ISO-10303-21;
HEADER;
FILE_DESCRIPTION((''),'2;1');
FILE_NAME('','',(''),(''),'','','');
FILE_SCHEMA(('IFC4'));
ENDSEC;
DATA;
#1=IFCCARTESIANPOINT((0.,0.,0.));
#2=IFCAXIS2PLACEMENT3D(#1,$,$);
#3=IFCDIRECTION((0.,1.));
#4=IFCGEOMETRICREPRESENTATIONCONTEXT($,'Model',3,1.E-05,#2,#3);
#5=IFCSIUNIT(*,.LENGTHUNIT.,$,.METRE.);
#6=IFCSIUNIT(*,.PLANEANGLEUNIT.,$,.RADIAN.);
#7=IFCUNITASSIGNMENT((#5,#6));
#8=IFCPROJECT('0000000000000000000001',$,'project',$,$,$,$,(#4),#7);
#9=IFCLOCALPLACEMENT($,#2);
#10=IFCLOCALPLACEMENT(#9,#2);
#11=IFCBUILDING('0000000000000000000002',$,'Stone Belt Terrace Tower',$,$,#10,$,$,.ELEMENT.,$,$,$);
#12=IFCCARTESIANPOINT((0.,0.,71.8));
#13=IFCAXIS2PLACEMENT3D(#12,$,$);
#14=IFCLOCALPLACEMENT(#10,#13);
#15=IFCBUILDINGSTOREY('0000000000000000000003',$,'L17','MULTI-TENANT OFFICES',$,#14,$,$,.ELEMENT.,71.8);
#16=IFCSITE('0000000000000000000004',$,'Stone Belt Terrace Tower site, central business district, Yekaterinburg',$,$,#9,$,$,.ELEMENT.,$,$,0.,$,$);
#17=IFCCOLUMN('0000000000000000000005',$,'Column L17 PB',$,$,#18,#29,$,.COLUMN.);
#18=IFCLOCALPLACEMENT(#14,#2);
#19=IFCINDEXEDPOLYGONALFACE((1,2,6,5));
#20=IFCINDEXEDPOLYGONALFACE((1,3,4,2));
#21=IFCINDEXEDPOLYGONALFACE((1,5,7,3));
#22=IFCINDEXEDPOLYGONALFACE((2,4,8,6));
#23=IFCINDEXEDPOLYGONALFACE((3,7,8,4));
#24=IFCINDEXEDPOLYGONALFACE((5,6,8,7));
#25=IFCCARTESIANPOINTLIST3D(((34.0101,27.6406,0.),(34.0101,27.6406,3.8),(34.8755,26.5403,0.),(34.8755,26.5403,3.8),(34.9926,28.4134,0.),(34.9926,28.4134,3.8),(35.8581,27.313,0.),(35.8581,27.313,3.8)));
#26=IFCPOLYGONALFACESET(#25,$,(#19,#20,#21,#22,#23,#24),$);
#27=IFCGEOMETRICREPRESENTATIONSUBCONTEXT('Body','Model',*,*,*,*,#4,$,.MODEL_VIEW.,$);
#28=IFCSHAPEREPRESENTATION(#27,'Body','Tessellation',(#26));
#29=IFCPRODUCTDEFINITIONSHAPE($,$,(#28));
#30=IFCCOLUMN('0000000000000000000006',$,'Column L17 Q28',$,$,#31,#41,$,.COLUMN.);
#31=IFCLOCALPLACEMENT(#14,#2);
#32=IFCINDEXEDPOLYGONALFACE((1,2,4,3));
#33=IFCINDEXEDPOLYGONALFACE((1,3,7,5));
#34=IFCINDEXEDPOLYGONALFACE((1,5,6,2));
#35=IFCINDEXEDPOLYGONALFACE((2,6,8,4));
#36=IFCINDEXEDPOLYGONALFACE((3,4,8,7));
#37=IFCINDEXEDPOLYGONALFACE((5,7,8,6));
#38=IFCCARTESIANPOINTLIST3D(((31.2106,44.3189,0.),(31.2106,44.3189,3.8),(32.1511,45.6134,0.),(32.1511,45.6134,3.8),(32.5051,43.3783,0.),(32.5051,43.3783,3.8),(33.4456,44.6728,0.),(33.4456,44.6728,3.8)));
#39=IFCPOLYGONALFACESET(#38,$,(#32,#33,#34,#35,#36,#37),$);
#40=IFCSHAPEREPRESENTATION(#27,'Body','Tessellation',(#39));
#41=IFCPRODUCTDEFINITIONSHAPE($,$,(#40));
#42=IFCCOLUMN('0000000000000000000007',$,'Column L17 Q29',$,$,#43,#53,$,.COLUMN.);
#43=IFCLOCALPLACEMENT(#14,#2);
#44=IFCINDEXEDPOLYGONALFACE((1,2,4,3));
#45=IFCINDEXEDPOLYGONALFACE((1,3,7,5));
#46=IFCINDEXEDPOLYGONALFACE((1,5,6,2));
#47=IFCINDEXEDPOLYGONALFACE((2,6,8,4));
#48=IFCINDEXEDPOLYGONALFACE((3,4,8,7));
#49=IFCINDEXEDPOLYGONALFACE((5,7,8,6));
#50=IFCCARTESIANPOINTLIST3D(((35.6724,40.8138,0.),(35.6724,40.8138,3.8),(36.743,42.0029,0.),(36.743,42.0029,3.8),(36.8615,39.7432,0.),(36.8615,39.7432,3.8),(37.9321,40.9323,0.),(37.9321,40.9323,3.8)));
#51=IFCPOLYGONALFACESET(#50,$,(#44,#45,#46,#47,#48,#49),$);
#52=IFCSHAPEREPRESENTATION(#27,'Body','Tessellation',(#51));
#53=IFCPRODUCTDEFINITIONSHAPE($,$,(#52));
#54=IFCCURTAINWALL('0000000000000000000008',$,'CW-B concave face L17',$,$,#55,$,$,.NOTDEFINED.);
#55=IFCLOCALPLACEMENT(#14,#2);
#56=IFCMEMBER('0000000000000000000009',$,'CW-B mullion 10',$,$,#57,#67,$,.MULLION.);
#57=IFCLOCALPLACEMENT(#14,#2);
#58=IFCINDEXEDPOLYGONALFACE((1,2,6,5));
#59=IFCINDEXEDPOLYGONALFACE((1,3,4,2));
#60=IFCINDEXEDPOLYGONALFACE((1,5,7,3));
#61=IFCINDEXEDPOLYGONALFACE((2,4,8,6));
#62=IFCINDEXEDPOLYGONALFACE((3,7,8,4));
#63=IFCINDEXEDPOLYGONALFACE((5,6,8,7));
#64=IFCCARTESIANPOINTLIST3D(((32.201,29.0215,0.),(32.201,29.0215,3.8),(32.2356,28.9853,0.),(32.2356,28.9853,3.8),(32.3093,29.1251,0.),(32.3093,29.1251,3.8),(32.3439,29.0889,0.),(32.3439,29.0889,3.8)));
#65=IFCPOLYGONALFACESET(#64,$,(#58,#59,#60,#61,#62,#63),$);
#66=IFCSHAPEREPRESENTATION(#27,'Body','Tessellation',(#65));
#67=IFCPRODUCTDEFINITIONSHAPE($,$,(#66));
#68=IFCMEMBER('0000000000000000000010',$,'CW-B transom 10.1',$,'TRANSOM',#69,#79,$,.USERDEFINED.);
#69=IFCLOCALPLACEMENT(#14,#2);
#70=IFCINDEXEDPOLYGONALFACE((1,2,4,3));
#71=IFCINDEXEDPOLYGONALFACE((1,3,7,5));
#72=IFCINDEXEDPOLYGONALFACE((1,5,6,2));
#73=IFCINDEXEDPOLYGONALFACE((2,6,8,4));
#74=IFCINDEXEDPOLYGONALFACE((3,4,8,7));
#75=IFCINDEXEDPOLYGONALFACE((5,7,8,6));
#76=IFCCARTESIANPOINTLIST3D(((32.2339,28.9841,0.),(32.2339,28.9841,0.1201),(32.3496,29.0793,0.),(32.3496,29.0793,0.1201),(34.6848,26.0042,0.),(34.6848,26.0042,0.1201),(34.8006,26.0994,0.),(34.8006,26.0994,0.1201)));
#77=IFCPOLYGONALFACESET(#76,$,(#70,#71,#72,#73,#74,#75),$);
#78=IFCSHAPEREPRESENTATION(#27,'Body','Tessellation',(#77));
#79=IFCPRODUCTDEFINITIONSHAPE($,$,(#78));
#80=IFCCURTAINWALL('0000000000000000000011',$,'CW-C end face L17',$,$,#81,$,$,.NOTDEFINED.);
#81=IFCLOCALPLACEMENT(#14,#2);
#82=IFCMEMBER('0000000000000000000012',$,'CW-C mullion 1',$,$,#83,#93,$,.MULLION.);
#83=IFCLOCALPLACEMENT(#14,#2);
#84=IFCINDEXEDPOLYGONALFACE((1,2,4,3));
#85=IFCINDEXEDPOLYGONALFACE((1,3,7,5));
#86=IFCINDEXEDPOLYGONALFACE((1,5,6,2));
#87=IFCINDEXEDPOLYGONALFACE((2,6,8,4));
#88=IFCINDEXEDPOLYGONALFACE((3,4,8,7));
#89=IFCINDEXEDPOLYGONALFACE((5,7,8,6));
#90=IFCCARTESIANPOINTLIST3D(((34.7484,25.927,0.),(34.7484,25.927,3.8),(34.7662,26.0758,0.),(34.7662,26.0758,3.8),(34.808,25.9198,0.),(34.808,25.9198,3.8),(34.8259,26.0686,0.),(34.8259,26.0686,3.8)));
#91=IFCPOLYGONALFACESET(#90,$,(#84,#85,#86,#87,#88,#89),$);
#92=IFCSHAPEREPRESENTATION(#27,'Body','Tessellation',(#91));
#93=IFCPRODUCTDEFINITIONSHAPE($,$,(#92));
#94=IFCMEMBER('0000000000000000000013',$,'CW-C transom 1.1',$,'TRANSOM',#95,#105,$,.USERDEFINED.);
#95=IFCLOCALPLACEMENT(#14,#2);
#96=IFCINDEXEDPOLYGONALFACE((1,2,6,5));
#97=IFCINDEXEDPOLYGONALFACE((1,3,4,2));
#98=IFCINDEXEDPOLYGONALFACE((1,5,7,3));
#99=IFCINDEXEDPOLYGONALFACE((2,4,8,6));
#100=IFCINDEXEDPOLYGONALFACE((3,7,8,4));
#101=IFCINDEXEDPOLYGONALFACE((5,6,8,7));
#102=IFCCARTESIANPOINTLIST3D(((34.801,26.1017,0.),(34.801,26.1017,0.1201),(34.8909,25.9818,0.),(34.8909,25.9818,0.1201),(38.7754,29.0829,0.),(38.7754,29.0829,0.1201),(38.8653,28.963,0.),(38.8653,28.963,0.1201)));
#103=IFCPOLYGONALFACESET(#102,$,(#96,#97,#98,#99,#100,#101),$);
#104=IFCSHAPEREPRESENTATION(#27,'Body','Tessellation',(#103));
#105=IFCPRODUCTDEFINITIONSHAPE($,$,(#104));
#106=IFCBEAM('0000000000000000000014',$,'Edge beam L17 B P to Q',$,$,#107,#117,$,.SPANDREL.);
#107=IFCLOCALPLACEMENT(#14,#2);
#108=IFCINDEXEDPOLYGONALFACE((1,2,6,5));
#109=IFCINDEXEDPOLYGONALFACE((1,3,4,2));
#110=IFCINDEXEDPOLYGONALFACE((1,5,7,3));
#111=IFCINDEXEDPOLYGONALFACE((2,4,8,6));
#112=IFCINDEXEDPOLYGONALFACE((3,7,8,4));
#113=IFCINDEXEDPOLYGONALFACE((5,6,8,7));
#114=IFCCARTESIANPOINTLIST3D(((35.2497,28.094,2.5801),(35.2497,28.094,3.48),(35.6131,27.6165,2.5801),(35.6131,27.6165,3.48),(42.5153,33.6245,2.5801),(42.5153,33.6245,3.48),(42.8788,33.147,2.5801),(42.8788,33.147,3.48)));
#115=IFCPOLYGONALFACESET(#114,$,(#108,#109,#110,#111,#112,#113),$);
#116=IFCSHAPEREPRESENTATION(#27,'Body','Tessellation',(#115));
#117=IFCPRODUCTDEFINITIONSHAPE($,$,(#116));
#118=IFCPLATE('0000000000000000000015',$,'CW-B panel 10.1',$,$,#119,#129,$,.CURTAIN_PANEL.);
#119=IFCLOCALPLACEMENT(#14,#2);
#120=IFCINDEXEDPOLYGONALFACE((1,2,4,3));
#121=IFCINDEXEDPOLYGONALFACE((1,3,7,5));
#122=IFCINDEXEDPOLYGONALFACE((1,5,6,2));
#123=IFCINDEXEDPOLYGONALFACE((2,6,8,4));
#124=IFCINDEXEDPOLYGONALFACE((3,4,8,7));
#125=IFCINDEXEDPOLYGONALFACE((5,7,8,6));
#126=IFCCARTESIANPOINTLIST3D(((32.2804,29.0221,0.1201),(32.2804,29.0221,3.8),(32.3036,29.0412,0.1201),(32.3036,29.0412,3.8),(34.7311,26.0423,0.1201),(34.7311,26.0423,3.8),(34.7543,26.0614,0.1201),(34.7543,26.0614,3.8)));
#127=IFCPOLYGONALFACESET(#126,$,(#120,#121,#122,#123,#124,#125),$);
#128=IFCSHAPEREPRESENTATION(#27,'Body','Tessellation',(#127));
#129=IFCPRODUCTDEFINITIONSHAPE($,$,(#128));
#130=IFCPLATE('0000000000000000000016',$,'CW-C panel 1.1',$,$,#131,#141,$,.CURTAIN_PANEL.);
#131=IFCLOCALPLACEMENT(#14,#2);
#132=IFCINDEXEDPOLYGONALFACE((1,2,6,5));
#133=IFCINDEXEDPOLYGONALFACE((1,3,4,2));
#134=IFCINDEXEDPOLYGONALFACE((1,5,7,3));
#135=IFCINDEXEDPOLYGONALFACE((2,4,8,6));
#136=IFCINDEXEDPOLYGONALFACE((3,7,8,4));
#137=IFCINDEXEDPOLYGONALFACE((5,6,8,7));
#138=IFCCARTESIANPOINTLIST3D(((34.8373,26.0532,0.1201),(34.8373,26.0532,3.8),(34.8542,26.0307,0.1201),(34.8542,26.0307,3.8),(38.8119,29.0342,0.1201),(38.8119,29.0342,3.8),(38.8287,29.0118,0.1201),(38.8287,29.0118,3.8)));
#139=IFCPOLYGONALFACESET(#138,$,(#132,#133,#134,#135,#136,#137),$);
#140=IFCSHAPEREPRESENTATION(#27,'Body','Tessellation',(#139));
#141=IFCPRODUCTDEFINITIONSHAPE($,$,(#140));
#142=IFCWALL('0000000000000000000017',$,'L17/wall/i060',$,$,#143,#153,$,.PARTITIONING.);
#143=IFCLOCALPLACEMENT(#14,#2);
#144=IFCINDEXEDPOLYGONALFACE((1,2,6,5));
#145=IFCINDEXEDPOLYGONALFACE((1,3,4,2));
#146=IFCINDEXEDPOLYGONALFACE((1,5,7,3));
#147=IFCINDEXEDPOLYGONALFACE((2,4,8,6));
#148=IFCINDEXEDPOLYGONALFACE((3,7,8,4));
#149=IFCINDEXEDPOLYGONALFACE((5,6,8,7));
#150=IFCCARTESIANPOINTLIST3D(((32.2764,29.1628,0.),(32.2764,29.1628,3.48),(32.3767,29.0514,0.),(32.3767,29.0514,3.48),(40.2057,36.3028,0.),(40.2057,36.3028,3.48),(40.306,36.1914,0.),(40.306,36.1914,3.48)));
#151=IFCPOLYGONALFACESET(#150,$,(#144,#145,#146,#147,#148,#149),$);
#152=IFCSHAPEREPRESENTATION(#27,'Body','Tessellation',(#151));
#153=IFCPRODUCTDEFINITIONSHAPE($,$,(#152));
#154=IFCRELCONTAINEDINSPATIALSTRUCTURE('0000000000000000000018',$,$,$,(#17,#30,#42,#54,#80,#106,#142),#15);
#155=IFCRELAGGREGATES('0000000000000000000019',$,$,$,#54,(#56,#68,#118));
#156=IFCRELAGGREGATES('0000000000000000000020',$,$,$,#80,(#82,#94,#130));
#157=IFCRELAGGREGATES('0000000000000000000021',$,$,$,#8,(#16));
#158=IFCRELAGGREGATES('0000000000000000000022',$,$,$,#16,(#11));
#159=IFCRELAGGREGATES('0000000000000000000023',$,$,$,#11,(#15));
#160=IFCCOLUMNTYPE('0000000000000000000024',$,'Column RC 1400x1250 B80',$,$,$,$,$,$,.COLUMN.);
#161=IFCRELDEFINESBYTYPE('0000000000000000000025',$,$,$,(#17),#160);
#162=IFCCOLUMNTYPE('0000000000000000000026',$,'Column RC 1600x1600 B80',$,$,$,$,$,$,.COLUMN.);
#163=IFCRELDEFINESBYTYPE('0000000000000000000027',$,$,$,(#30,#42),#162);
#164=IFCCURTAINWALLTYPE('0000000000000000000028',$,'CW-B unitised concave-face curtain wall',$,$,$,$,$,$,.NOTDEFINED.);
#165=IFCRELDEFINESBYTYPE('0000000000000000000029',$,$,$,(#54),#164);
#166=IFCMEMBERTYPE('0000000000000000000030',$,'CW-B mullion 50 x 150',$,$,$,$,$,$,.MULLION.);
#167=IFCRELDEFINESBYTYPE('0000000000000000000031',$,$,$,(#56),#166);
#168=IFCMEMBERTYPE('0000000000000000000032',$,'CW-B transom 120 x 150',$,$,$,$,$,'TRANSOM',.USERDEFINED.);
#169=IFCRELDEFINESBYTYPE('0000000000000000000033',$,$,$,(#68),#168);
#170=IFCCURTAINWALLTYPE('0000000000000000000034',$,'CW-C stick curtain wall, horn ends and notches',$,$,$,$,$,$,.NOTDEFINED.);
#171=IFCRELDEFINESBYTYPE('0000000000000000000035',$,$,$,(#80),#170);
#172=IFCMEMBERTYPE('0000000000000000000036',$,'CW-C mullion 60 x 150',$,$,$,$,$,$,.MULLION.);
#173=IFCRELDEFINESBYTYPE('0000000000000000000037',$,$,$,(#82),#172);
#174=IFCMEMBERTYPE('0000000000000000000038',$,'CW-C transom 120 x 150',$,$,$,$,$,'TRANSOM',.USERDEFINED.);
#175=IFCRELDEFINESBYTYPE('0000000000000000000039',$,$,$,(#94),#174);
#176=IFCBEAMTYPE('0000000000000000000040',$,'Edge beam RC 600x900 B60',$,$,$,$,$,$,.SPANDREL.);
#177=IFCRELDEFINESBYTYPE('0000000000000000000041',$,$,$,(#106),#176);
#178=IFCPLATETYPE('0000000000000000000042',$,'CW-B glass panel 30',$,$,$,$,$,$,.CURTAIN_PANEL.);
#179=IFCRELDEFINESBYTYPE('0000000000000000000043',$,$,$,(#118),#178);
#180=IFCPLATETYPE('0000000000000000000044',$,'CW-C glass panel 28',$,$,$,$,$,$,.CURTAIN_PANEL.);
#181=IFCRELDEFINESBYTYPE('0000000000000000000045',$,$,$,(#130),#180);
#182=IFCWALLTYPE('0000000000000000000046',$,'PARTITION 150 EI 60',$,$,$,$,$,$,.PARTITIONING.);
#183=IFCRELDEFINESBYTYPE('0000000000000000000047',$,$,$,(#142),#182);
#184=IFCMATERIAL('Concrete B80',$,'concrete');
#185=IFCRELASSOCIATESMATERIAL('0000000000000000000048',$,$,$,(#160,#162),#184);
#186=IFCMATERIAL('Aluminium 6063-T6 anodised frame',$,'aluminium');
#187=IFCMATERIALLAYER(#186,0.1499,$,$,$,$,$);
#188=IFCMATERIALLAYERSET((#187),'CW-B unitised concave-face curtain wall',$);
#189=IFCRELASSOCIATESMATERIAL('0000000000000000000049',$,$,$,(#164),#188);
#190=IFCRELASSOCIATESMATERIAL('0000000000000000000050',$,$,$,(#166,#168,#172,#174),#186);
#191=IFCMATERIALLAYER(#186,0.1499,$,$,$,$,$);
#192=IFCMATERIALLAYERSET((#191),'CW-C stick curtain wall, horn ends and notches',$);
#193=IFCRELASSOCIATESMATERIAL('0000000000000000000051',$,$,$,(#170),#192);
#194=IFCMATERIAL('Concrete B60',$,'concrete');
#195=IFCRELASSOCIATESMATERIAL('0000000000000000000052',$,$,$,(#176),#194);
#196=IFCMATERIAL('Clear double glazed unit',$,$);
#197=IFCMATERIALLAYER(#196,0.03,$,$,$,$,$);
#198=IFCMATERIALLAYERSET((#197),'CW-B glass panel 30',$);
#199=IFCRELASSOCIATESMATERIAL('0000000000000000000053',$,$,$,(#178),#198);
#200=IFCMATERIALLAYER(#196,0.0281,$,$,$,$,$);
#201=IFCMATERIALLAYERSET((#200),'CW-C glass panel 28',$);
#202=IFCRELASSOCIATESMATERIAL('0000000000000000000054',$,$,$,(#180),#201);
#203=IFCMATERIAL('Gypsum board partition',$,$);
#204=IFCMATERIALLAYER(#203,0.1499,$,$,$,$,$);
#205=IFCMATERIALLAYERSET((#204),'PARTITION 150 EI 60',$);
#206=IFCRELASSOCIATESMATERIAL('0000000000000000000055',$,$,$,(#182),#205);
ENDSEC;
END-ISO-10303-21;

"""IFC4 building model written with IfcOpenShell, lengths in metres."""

from ifc_helpers import new_model, si_unit, direction, frame, frame_2d, origin, origin_2d, place, context, subcontext, project, spatial, rectangle, extrude, material, layer, layer_set, material_profile, profile_set, type_object, element, aggregate, save


model = new_model("IFC4")

# Units and contexts
model_context = context("Model", 3, precision=1e-05, world=origin(), true_north=direction((0.0, 1.0)))
body_context = subcontext(model_context, "Body", "Model", "MODEL_VIEW")
ifc_project = project(units=[si_unit("LENGTHUNIT", "METRE"), si_unit("PLANEANGLEUNIT", "RADIAN")], contexts=[model_context])

# Site, building, storey
site_placement = place(None, origin())
site = spatial("IfcSite", under=ifc_project, at=site_placement, Name="Stone Belt Terrace Tower site, central business district, Yekaterinburg", CompositionType="ELEMENT", RefElevation=0.0)
building_placement = place(site_placement, origin())
building = spatial("IfcBuilding", under=site, at=building_placement, Name="Stone Belt Terrace Tower", CompositionType="ELEMENT")
storey_placement = place(building_placement, frame((0.0, 0.0, 71.8)))
storey = spatial("IfcBuildingStorey", under=building, at=storey_placement, Name="L17", Description="MULTI-TENANT OFFICES", CompositionType="ELEMENT", Elevation=71.8)

# Columns
ifc_material_1 = material(Name="Concrete B80", Category="concrete")
ifc_material_profile_1 = material_profile(ifc_material_1, rectangle(XDim=1.3999, YDim=1.25, at=origin_2d()), Name="RC 1400x1250")
ifc_profile_set_1 = profile_set([ifc_material_profile_1], Name="Concrete B80")
column_type_1 = type_object("IfcColumnType", Name="Column RC 1400x1250 B80", PredefinedType="COLUMN", material=ifc_profile_set_1)
column_placement = place(storey_placement, frame((34.9341, 27.4768, 0.0), z_axis=(0.0, 0.0, 1.0), x_axis=(0.618218, -0.786007, 0.0)))
element("IfcColumn", 1, at=column_placement, inside=storey, type_object=column_type_1, Name="Column L17 PB", PredefinedType="COLUMN", context=body_context, shape_type="SweptSolid", body=[
    extrude(rectangle(XDim=1.3999, YDim=1.25, at=origin_2d()), origin(), (0.0, 0.0, 1.0), 3.8),
])
ifc_material_profile_2 = material_profile(ifc_material_1, rectangle(XDim=1.6001, YDim=1.6001, at=origin_2d()), Name="RC 1600x1600")
ifc_profile_set_2 = profile_set([ifc_material_profile_2], Name="Concrete B80")
column_type_2 = type_object("IfcColumnType", Name="Column RC 1600x1600 B80", PredefinedType="COLUMN", material=ifc_profile_set_2)
for number, where, z_axis, x_axis, name in (
    (2, (32.3281, 44.4958, 0.0), (0.0, 0.0, 1.0), (0.809017, -0.587785, 0.0), "Column L17 Q28"),
    (3, (36.8022, 40.873, 0.0), (0.0, 0.0, 1.0), (0.743145, -0.669131, 0.0), "Column L17 Q29"),
):
    element("IfcColumn", number, at=place(storey_placement, frame(where, z_axis=z_axis, x_axis=x_axis)), inside=storey, type_object=column_type_2, Name=name, PredefinedType="COLUMN", context=body_context, shape_type="SweptSolid", body=[
        extrude(rectangle(XDim=1.6001, YDim=1.6001, at=origin_2d()), origin(), (0.0, 0.0, 1.0), 3.8),
    ])

# Curtain walls, members
ifc_material_2 = material(Name="Aluminium 6063-T6 anodised frame", Category="aluminium")
ifc_layer_1 = layer(ifc_material_2, 0.1499)
ifc_layer_set_1 = layer_set([ifc_layer_1], Name="CW-B unitised concave-face curtain wall")
curtain_wall_type_1 = type_object("IfcCurtainWallType", Name="CW-B unitised concave-face curtain wall", PredefinedType="NOTDEFINED", material=ifc_layer_set_1)
curtain_wall_1_placement = place(storey_placement, origin())
curtain_wall_1 = element("IfcCurtainWall", 4, at=curtain_wall_1_placement, inside=storey, type_object=curtain_wall_type_1, Name="CW-B concave face L17", PredefinedType="NOTDEFINED")
ifc_material_profile_3 = material_profile(ifc_material_2, rectangle(XDim=0.1499, YDim=0.05, at=origin_2d()), Name="Aluminium 6063-T6 50x150")
ifc_profile_set_3 = profile_set([ifc_material_profile_3], Name="Aluminium 6063-T6 anodised frame")
member_type_1 = type_object("IfcMemberType", Name="CW-B mullion 50 x 150", PredefinedType="MULLION", material=ifc_profile_set_3)
member_1_placement = place(storey_placement, frame((32.2725, 29.0552, 0.0), z_axis=(0.0, 0.0, 1.0), x_axis=(0.722753, 0.691107, 0.0)))
member_1 = element("IfcMember", 5, at=member_1_placement, type_object=member_type_1, Name="CW-B mullion 10", PredefinedType="MULLION", context=body_context, shape_type="SweptSolid", body=[
    extrude(rectangle(XDim=0.1499, YDim=0.05, at=origin_2d()), origin(), (0.0, 0.0, 1.0), 3.8),
])
ifc_material_profile_4 = material_profile(ifc_material_2, rectangle(XDim=0.1499, YDim=0.1201, at=origin_2d()), Name="Aluminium 6063-T6 150x120")
ifc_profile_set_4 = profile_set([ifc_material_profile_4], Name="Aluminium 6063-T6 anodised frame")
member_type_2 = type_object("IfcMemberType", Name="CW-B transom 120 x 150", ElementType="TRANSOM", PredefinedType="USERDEFINED", material=ifc_profile_set_4)
member_2_placement = place(storey_placement, frame((32.2917, 29.0317, 0.0601), z_axis=(0.635217, -0.772334, 0.0), x_axis=(0.772334, 0.635217, 0.0)))
member_2 = element("IfcMember", 6, at=member_2_placement, type_object=member_type_2, Name="CW-B transom 10.1", ObjectType="TRANSOM", PredefinedType="USERDEFINED", context=body_context, shape_type="SweptSolid", body=[
    extrude(rectangle(XDim=0.1499, YDim=0.1201, at=origin_2d()), origin(), (0.0, 0.0, 1.0), 3.8584),
])
ifc_layer_2 = layer(ifc_material_2, 0.1499)
ifc_layer_set_2 = layer_set([ifc_layer_2], Name="CW-C stick curtain wall, horn ends and notches")
curtain_wall_type_2 = type_object("IfcCurtainWallType", Name="CW-C stick curtain wall, horn ends and notches", PredefinedType="NOTDEFINED", material=ifc_layer_set_2)
curtain_wall_2_placement = place(storey_placement, origin())
curtain_wall_2 = element("IfcCurtainWall", 7, at=curtain_wall_2_placement, inside=storey, type_object=curtain_wall_type_2, Name="CW-C end face L17", PredefinedType="NOTDEFINED")
ifc_material_profile_5 = material_profile(ifc_material_2, rectangle(XDim=0.1499, YDim=0.0601, at=origin_2d()), Name="Aluminium 6063-T6 60x150")
ifc_profile_set_5 = profile_set([ifc_material_profile_5], Name="Aluminium 6063-T6 anodised frame")
member_type_3 = type_object("IfcMemberType", Name="CW-C mullion 60 x 150", PredefinedType="MULLION", material=ifc_profile_set_5)
member_3_placement = place(storey_placement, frame((34.7871, 25.9978, 0.0), z_axis=(0.0, 0.0, 1.0), x_axis=(0.119212, 0.992869, 0.0)))
member_3 = element("IfcMember", 8, at=member_3_placement, type_object=member_type_3, Name="CW-C mullion 1", PredefinedType="MULLION", context=body_context, shape_type="SweptSolid", body=[
    extrude(rectangle(XDim=0.1499, YDim=0.0601, at=origin_2d()), origin(), (0.0, 0.0, 1.0), 3.8),
])
ifc_material_profile_6 = material_profile(ifc_material_2, rectangle(XDim=0.1499, YDim=0.1201, at=origin_2d()), Name="Aluminium 6063-T6 150x120")
ifc_profile_set_6 = profile_set([ifc_material_profile_6], Name="Aluminium 6063-T6 anodised frame")
member_type_4 = type_object("IfcMemberType", Name="CW-C transom 120 x 150", ElementType="TRANSOM", PredefinedType="USERDEFINED", material=ifc_profile_set_6)
member_4_placement = place(storey_placement, frame((34.8459, 26.0417, 0.0601), z_axis=(0.799959, 0.600055, 0.0), x_axis=(-0.600055, 0.799959, 0.0)))
member_4 = element("IfcMember", 9, at=member_4_placement, type_object=member_type_4, Name="CW-C transom 1.1", ObjectType="TRANSOM", PredefinedType="USERDEFINED", context=body_context, shape_type="SweptSolid", body=[
    extrude(rectangle(XDim=0.1499, YDim=0.1201, at=origin_2d()), origin(), (0.0, 0.0, 1.0), 4.9683),
])

# Beam
ifc_material_3 = material(Name="Concrete B60", Category="concrete")
ifc_material_profile_7 = material_profile(ifc_material_3, rectangle(XDim=0.6001, YDim=0.8999, at=origin_2d()), Name="RC 600x900")
ifc_profile_set_7 = profile_set([ifc_material_profile_7], Name="Concrete B60")
beam_type = type_object("IfcBeamType", Name="Edge beam RC 600x900 B60", PredefinedType="SPANDREL", material=ifc_profile_set_7)
beam_placement = place(storey_placement, frame((35.4314, 27.8552, 3.03), z_axis=(0.795706, 0.605683, 0.0), x_axis=(-0.605683, 0.795706, 0.0)))
element("IfcBeam", 10, at=beam_placement, inside=storey, type_object=beam_type, Name="Edge beam L17 B P to Q", PredefinedType="SPANDREL", context=body_context, shape_type="SweptSolid", body=[
    extrude(rectangle(XDim=0.6001, YDim=0.8999, at=origin_2d()), origin(), (0.0, 0.0, 1.0), 9.1311),
])

# Plates
ifc_material_4 = material(Name="Clear double glazed unit")
ifc_layer_3 = layer(ifc_material_4, 0.03)
ifc_layer_set_3 = layer_set([ifc_layer_3], Name="CW-B glass panel 30")
plate_type_1 = type_object("IfcPlateType", Name="CW-B glass panel 30", PredefinedType="CURTAIN_PANEL", material=ifc_layer_set_3)
plate_1_placement = place(storey_placement, frame((33.5173, 27.5417, 0.1201), z_axis=(0.0, 0.0, 1.0), x_axis=(0.63521, -0.772339, 0.0)))
plate_1 = element("IfcPlate", 11, at=plate_1_placement, type_object=plate_type_1, Name="CW-B panel 10.1", PredefinedType="CURTAIN_PANEL", context=body_context, shape_type="SweptSolid", body=[
    extrude(rectangle(XDim=3.8582, YDim=0.03, at=origin_2d()), origin(), (0.0, 0.0, 1.0), 3.6799),
])
aggregate(curtain_wall_1, [member_1, member_2, plate_1])
ifc_layer_4 = layer(ifc_material_4, 0.0281)
ifc_layer_set_4 = layer_set([ifc_layer_4], Name="CW-C glass panel 28")
plate_type_2 = type_object("IfcPlateType", Name="CW-C glass panel 28", PredefinedType="CURTAIN_PANEL", material=ifc_layer_set_4)
plate_2_placement = place(storey_placement, frame((36.833, 27.5325, 0.1201), z_axis=(0.0, 0.0, 1.0), x_axis=(0.799987, 0.600018, 0.0)))
plate_2 = element("IfcPlate", 12, at=plate_2_placement, type_object=plate_type_2, Name="CW-C panel 1.1", PredefinedType="CURTAIN_PANEL", context=body_context, shape_type="SweptSolid", body=[
    extrude(rectangle(XDim=4.9683, YDim=0.0281, at=origin_2d()), origin(), (0.0, 0.0, 1.0), 3.6799),
])
aggregate(curtain_wall_2, [member_3, member_4, plate_2])

# Wall
ifc_material_5 = material(Name="Gypsum board partition")
ifc_layer_5 = layer(ifc_material_5, 0.1499)
ifc_layer_set_5 = layer_set([ifc_layer_5], Name="PARTITION 150 EI 60")
wall_type_1 = type_object("IfcWallType", Name="PARTITION 150 EI 60", PredefinedType="PARTITIONING", material=ifc_layer_set_5)
wall_1_placement = place(storey_placement, frame((32.3267, 29.1072, 0.0), z_axis=(0.0, 0.0, 1.0), x_axis=(0.743126, 0.669152, 0.0)))
element("IfcWall", 13, at=wall_1_placement, inside=storey, type_object=wall_type_1, Name="L17/wall/i060", PredefinedType="PARTITIONING", context=body_context, shape_type="SweptSolid", body=[
    extrude(rectangle(XDim=10.6702, YDim=0.1499, at=frame_2d((5.335, 0.0))), origin(), (0.0, 0.0, 1.0), 3.48),
])

save(model, "model.ifc")
